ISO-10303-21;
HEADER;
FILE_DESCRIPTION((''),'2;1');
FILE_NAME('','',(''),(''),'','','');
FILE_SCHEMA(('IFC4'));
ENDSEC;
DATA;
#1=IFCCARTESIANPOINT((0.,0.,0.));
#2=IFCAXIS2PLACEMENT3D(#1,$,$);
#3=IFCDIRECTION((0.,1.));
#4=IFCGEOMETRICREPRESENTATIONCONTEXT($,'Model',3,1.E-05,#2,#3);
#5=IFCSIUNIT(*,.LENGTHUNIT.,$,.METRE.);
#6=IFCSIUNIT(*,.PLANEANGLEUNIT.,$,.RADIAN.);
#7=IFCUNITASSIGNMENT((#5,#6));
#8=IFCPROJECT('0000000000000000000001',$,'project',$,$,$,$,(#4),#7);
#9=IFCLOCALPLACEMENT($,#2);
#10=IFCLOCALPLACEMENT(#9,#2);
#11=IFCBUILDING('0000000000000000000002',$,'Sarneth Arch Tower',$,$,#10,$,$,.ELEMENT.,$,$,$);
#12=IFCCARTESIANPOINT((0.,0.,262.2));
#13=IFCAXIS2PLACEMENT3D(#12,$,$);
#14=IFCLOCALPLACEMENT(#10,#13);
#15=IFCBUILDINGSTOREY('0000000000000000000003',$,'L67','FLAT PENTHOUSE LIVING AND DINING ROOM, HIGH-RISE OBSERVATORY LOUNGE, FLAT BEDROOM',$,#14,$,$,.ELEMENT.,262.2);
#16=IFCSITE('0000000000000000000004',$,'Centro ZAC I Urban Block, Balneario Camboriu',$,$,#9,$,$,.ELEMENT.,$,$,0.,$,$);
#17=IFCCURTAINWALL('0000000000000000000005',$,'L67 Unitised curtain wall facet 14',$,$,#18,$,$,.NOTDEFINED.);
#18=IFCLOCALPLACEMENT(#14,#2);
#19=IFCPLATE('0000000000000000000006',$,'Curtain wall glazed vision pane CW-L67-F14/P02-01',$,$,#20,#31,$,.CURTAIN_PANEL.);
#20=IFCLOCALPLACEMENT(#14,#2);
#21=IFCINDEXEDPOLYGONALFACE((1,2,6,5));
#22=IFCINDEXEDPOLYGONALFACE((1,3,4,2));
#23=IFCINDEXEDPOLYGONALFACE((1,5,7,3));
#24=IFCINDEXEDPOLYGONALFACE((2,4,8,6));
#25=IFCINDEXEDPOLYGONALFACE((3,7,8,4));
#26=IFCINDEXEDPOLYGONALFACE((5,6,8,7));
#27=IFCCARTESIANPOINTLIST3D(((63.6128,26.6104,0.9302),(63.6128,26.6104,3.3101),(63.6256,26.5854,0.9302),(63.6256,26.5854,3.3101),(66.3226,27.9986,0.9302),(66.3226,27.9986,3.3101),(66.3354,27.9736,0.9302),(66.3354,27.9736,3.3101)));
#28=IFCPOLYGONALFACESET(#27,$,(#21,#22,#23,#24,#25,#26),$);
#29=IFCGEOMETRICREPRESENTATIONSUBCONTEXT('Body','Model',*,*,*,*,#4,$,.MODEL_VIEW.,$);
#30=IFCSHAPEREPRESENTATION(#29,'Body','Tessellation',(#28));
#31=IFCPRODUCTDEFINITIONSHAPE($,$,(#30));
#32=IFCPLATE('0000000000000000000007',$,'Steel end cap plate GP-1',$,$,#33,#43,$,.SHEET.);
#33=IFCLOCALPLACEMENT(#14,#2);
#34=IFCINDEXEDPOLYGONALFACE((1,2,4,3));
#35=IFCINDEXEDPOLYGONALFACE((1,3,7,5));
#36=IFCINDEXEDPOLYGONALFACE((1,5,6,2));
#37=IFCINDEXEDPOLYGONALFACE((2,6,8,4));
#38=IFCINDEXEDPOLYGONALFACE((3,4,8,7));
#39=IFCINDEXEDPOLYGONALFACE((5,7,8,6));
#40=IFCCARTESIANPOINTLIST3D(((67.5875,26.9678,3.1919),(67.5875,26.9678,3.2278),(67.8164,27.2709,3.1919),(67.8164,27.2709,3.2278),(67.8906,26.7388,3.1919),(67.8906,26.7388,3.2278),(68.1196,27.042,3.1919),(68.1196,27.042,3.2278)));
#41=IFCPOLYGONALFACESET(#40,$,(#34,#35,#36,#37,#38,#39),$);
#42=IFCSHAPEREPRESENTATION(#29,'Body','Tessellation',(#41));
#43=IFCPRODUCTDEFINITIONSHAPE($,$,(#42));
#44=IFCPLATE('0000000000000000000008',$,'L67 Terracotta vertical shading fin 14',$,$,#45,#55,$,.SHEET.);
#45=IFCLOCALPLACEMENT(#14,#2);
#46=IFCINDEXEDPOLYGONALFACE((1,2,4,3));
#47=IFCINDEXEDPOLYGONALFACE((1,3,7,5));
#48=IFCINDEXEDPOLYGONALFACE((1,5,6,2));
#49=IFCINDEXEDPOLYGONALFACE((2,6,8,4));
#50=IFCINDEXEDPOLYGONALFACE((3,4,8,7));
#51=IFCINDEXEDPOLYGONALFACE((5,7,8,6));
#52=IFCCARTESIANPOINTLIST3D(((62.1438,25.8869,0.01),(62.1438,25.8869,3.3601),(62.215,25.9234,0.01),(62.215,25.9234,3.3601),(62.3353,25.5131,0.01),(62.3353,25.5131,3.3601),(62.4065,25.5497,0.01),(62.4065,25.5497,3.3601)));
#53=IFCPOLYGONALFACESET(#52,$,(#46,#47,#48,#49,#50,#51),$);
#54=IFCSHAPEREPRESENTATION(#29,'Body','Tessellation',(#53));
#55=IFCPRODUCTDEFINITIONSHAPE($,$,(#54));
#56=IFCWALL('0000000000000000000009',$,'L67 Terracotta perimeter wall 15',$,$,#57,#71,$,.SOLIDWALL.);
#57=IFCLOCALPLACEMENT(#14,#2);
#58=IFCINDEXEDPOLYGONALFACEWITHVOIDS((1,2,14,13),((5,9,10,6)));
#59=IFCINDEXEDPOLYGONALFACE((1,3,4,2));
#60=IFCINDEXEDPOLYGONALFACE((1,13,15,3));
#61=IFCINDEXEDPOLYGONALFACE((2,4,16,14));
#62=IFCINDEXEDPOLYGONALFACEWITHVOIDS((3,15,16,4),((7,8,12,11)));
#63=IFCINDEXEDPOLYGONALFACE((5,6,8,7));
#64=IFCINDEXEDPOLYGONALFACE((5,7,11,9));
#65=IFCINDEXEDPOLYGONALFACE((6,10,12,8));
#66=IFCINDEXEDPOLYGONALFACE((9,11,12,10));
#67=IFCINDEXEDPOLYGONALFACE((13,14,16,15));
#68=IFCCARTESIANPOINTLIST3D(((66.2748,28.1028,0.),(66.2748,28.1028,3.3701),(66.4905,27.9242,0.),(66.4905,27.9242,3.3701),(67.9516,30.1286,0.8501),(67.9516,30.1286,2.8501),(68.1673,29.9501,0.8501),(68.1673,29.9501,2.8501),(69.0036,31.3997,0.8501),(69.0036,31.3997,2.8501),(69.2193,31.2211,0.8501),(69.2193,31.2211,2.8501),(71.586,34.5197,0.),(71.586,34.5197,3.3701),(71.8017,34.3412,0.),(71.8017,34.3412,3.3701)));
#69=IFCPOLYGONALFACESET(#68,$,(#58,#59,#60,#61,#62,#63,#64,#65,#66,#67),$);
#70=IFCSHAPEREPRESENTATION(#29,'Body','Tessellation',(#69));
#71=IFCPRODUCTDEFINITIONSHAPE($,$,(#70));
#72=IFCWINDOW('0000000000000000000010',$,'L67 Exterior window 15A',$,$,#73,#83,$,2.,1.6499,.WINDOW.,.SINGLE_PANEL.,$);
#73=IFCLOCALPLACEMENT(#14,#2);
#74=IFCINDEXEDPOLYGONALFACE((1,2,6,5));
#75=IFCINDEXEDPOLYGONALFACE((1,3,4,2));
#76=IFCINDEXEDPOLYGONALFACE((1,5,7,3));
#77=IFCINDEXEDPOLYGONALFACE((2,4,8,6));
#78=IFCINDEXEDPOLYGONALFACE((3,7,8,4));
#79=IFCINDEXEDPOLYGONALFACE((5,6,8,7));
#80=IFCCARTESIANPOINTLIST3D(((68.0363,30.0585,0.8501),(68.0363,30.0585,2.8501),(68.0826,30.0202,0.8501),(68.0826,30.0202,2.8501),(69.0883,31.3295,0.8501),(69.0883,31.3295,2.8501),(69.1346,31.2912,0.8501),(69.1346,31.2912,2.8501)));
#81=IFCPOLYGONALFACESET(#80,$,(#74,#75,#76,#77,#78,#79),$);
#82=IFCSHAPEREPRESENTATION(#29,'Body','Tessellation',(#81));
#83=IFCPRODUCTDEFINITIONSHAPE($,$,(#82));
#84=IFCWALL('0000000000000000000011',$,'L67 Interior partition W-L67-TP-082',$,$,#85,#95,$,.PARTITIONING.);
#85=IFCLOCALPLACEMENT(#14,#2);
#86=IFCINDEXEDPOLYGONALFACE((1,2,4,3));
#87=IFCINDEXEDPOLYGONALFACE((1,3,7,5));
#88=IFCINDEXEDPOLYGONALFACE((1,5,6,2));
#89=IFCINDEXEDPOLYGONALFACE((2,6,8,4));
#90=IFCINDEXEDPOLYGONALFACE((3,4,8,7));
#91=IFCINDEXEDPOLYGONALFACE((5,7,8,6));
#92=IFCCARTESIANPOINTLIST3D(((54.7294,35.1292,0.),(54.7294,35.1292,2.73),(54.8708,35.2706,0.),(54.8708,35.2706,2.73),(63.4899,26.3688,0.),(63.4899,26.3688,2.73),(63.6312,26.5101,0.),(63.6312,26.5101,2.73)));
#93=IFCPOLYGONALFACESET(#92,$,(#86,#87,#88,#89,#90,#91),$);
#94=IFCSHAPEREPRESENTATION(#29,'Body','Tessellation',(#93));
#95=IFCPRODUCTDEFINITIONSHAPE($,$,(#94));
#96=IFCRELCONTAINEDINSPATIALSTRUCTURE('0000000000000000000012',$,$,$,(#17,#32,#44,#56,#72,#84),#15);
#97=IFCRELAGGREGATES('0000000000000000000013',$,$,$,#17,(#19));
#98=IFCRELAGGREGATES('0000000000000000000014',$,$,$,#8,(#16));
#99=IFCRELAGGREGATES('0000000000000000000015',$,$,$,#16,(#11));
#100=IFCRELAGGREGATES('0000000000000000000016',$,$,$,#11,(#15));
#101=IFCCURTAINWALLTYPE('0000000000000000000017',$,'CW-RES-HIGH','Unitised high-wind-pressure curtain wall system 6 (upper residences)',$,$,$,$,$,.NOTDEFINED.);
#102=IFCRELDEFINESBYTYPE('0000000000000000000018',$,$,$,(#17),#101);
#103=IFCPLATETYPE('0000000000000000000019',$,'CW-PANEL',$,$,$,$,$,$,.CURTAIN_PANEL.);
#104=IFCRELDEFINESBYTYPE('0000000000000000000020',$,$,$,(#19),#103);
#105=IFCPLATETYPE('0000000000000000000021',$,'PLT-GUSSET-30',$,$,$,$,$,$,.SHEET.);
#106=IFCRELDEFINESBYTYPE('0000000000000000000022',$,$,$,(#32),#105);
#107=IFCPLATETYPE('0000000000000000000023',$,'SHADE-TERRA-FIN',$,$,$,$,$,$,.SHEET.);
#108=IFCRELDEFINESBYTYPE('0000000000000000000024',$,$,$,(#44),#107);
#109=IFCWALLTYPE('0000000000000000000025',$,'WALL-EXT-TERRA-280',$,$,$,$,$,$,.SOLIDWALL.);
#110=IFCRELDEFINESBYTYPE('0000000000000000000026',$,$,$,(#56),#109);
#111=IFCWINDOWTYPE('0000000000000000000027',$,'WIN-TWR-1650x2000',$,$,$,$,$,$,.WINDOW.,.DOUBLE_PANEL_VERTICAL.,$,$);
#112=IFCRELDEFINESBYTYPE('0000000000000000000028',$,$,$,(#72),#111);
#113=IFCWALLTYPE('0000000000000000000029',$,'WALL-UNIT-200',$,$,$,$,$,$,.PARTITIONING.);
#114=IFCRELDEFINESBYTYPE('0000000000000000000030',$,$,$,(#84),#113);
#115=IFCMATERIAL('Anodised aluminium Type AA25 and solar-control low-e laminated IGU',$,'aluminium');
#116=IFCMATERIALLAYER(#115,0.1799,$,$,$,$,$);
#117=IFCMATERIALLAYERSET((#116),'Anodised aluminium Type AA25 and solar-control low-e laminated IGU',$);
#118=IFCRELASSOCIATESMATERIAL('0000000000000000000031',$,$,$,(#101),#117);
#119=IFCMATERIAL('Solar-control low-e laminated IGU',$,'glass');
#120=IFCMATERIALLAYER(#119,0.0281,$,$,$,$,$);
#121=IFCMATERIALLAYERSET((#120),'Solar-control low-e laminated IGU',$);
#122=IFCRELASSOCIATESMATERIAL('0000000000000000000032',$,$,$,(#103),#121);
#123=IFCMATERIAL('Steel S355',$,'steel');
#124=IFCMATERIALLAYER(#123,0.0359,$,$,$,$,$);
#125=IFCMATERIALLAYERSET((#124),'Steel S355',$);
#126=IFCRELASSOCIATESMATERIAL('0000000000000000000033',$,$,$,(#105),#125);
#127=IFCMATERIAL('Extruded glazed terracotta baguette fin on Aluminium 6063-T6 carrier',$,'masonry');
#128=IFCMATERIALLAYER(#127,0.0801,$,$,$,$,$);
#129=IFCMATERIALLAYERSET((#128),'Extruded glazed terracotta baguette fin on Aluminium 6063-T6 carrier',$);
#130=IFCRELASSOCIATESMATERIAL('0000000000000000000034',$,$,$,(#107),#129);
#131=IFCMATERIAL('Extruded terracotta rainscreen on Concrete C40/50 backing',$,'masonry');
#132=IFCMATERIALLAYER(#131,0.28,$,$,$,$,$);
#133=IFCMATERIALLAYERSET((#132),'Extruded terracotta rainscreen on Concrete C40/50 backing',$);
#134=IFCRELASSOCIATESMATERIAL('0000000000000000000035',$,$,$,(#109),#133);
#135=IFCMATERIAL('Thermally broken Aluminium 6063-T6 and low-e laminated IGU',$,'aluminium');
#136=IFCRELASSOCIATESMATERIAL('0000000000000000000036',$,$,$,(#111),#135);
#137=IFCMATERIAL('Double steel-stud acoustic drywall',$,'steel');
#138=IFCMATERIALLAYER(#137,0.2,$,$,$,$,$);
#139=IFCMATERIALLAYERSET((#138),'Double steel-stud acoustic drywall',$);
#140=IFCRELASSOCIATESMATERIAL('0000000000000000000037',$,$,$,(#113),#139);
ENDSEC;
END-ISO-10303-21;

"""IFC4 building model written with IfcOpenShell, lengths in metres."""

from ifc_helpers import new_model, si_unit, direction, frame, frame_2d, origin, origin_2d, place, context, subcontext, project, spatial, rectangle, extrude, material, layer, layer_set, type_object, element, fill, aggregate, save


model = new_model("IFC4")

# Units and contexts
model_context = context("Model", 3, precision=1e-05, world=origin(), true_north=direction((0.0, 1.0)))
body_context = subcontext(model_context, "Body", "Model", "MODEL_VIEW")
ifc_project = project(units=[si_unit("LENGTHUNIT", "METRE"), si_unit("PLANEANGLEUNIT", "RADIAN")], contexts=[model_context])

# Site, building, storey
site_placement = place(None, origin())
site = spatial("IfcSite", under=ifc_project, at=site_placement, Name="Centro ZAC I Urban Block, Balneario Camboriu", CompositionType="ELEMENT", RefElevation=0.0)
building_placement = place(site_placement, origin())
building = spatial("IfcBuilding", under=site, at=building_placement, Name="Sarneth Arch Tower", CompositionType="ELEMENT")
storey_placement = place(building_placement, frame((0.0, 0.0, 262.2)))
storey = spatial("IfcBuildingStorey", under=building, at=storey_placement, Name="L67", Description="FLAT PENTHOUSE LIVING AND DINING ROOM, HIGH-RISE OBSERVATORY LOUNGE, FLAT BEDROOM", CompositionType="ELEMENT", Elevation=262.2)

# Curtain wall
ifc_material_1 = material(Name="Anodised aluminium Type AA25 and solar-control low-e laminated IGU", Category="aluminium")
ifc_layer_1 = layer(ifc_material_1, 0.1799)
ifc_layer_set_1 = layer_set([ifc_layer_1], Name="Anodised aluminium Type AA25 and solar-control low-e laminated IGU")
curtain_wall_type = type_object("IfcCurtainWallType", Name="CW-RES-HIGH", Description="Unitised high-wind-pressure curtain wall system 6 (upper residences)", PredefinedType="NOTDEFINED", material=ifc_layer_set_1)
curtain_wall_placement = place(storey_placement, origin())
curtain_wall = element("IfcCurtainWall", 1, at=curtain_wall_placement, inside=storey, type_object=curtain_wall_type, Name="L67 Unitised curtain wall facet 14", PredefinedType="NOTDEFINED")

# Plate
ifc_material_2 = material(Name="Solar-control low-e laminated IGU", Category="glass")
ifc_layer_2 = layer(ifc_material_2, 0.0281)
ifc_layer_set_2 = layer_set([ifc_layer_2], Name="Solar-control low-e laminated IGU")
plate_type_1 = type_object("IfcPlateType", Name="CW-PANEL", PredefinedType="CURTAIN_PANEL", material=ifc_layer_set_2)
plate_1_placement = place(storey_placement, frame((64.9741, 27.292, 0.9302), z_axis=(0.0, 0.0, 1.0), x_axis=(0.89001, 0.455942, 0.0)))
plate_1 = element("IfcPlate", 2, at=plate_1_placement, type_object=plate_type_1, Name="Curtain wall glazed vision pane CW-L67-F14/P02-01", PredefinedType="CURTAIN_PANEL", context=body_context, shape_type="SweptSolid", body=[
    extrude(rectangle(XDim=3.0447, YDim=0.0281, at=origin_2d()), origin(), (0.0, 0.0, 1.0), 2.3799),
])
aggregate(curtain_wall, [plate_1])

# Plates
ifc_material_3 = material(Name="Steel S355", Category="steel")
ifc_layer_3 = layer(ifc_material_3, 0.0359)
ifc_layer_set_3 = layer_set([ifc_layer_3], Name="Steel S355")
plate_type_2 = type_object("IfcPlateType", Name="PLT-GUSSET-30", PredefinedType="SHEET", material=ifc_layer_set_3)
plate_2_placement = place(storey_placement, frame((67.8535, 27.0049, 3.1919), z_axis=(0.0, 0.0, 1.0), x_axis=(0.798005, -0.602651, 0.0)))
element("IfcPlate", 3, at=plate_2_placement, inside=storey, type_object=plate_type_2, Name="Steel end cap plate GP-1", PredefinedType="SHEET", context=body_context, shape_type="SweptSolid", body=[
    extrude(rectangle(XDim=0.3799, YDim=0.3799, at=origin_2d()), origin(), (0.0, 0.0, 1.0), 0.0359),
])
ifc_material_4 = material(Name="Extruded glazed terracotta baguette fin on Aluminium 6063-T6 carrier", Category="masonry")
ifc_layer_4 = layer(ifc_material_4, 0.0801)
ifc_layer_set_4 = layer_set([ifc_layer_4], Name="Extruded glazed terracotta baguette fin on Aluminium 6063-T6 carrier")
plate_type_3 = type_object("IfcPlateType", Name="SHADE-TERRA-FIN", PredefinedType="SHEET", material=ifc_layer_set_4)
plate_3_placement = place(storey_placement, frame((62.2751, 25.7183, 0.01), z_axis=(0.0, 0.0, 1.0), x_axis=(0.456011, -0.889974, 0.0)))
element("IfcPlate", 4, at=plate_3_placement, inside=storey, type_object=plate_type_3, Name="L67 Terracotta vertical shading fin 14", PredefinedType="SHEET", context=body_context, shape_type="SweptSolid", body=[
    extrude(rectangle(XDim=0.4199, YDim=0.0801, at=origin_2d()), origin(), (0.0, 0.0, 1.0), 3.3501),
])

# Wall, opening, window
ifc_material_5 = material(Name="Extruded terracotta rainscreen on Concrete C40/50 backing", Category="masonry")
ifc_layer_5 = layer(ifc_material_5, 0.28)
ifc_layer_set_5 = layer_set([ifc_layer_5], Name="Extruded terracotta rainscreen on Concrete C40/50 backing")
wall_type_1 = type_object("IfcWallType", Name="WALL-EXT-TERRA-280", PredefinedType="SOLIDWALL", material=ifc_layer_set_5)
wall_1_placement = place(storey_placement, frame((66.3826, 28.0134, 0.0), z_axis=(0.0, 0.0, 1.0), x_axis=(0.637615, 0.770355, 0.0)))
wall_1 = element("IfcWall", 5, at=wall_1_placement, inside=storey, type_object=wall_type_1, Name="L67 Terracotta perimeter wall 15", PredefinedType="SOLIDWALL", context=body_context, shape_type="SweptSolid", body=[
    extrude(rectangle(XDim=8.3298, YDim=0.28, at=frame_2d((4.165, 0.0))), origin(), (0.0, 0.0, 1.0), 3.3701),
])
opening_placement = place(wall_1_placement, frame((2.6299, 0.0, 0.8501)))
opening = element("IfcOpeningElement", 6, at=opening_placement, cuts=wall_1, PredefinedType="OPENING", context=body_context, shape_type="SweptSolid", body=[
    extrude(rectangle(XDim=1.6499, YDim=2.0, at=frame_2d((0.825, 1.0))), frame((0.0, 0.1499, 0.0), z_axis=(0.0, -1.0, 0.0), x_axis=(1.0, 0.0, 0.0)), (0.0, 0.0, 1.0), 0.3),
])
ifc_material_6 = material(Name="Thermally broken Aluminium 6063-T6 and low-e laminated IGU", Category="aluminium")
window_type = type_object("IfcWindowType", Name="WIN-TWR-1650x2000", PartitioningType="DOUBLE_PANEL_VERTICAL", PredefinedType="WINDOW", material=ifc_material_6)
window_placement = place(opening_placement, origin())
window = element("IfcWindow", 7, at=window_placement, inside=storey, type_object=window_type, Name="L67 Exterior window 15A", OverallHeight=2.0, OverallWidth=1.6499, PartitioningType="SINGLE_PANEL", PredefinedType="WINDOW", context=body_context, shape_type="SweptSolid", body=[
    extrude(rectangle(XDim=1.6499, YDim=2.0, at=frame_2d((0.825, 1.0))), frame((0.0, 0.03, 0.0), z_axis=(0.0, -1.0, 0.0), x_axis=(1.0, 0.0, 0.0)), (0.0, 0.0, 1.0), 0.0601),
])
fill(opening, window)

# Wall
ifc_material_7 = material(Name="Double steel-stud acoustic drywall", Category="steel")
ifc_layer_6 = layer(ifc_material_7, 0.2)
ifc_layer_set_6 = layer_set([ifc_layer_6], Name="Double steel-stud acoustic drywall")
wall_type_2 = type_object("IfcWallType", Name="WALL-UNIT-200", PredefinedType="PARTITIONING", material=ifc_layer_set_6)
wall_2_placement = place(storey_placement, frame((63.5605, 26.4395, 0.0), z_axis=(0.0, 0.0, 1.0), x_axis=(-0.707107, 0.707107, 0.0)))
element("IfcWall", 8, at=wall_2_placement, inside=storey, type_object=wall_type_2, Name="L67 Interior partition W-L67-TP-082", PredefinedType="PARTITIONING", context=body_context, shape_type="SweptSolid", body=[
    extrude(rectangle(XDim=12.3892, YDim=0.2, at=frame_2d((6.1946, 0.0))), origin(), (0.0, 0.0, 1.0), 2.73),
])

save(model, "model.ifc")
